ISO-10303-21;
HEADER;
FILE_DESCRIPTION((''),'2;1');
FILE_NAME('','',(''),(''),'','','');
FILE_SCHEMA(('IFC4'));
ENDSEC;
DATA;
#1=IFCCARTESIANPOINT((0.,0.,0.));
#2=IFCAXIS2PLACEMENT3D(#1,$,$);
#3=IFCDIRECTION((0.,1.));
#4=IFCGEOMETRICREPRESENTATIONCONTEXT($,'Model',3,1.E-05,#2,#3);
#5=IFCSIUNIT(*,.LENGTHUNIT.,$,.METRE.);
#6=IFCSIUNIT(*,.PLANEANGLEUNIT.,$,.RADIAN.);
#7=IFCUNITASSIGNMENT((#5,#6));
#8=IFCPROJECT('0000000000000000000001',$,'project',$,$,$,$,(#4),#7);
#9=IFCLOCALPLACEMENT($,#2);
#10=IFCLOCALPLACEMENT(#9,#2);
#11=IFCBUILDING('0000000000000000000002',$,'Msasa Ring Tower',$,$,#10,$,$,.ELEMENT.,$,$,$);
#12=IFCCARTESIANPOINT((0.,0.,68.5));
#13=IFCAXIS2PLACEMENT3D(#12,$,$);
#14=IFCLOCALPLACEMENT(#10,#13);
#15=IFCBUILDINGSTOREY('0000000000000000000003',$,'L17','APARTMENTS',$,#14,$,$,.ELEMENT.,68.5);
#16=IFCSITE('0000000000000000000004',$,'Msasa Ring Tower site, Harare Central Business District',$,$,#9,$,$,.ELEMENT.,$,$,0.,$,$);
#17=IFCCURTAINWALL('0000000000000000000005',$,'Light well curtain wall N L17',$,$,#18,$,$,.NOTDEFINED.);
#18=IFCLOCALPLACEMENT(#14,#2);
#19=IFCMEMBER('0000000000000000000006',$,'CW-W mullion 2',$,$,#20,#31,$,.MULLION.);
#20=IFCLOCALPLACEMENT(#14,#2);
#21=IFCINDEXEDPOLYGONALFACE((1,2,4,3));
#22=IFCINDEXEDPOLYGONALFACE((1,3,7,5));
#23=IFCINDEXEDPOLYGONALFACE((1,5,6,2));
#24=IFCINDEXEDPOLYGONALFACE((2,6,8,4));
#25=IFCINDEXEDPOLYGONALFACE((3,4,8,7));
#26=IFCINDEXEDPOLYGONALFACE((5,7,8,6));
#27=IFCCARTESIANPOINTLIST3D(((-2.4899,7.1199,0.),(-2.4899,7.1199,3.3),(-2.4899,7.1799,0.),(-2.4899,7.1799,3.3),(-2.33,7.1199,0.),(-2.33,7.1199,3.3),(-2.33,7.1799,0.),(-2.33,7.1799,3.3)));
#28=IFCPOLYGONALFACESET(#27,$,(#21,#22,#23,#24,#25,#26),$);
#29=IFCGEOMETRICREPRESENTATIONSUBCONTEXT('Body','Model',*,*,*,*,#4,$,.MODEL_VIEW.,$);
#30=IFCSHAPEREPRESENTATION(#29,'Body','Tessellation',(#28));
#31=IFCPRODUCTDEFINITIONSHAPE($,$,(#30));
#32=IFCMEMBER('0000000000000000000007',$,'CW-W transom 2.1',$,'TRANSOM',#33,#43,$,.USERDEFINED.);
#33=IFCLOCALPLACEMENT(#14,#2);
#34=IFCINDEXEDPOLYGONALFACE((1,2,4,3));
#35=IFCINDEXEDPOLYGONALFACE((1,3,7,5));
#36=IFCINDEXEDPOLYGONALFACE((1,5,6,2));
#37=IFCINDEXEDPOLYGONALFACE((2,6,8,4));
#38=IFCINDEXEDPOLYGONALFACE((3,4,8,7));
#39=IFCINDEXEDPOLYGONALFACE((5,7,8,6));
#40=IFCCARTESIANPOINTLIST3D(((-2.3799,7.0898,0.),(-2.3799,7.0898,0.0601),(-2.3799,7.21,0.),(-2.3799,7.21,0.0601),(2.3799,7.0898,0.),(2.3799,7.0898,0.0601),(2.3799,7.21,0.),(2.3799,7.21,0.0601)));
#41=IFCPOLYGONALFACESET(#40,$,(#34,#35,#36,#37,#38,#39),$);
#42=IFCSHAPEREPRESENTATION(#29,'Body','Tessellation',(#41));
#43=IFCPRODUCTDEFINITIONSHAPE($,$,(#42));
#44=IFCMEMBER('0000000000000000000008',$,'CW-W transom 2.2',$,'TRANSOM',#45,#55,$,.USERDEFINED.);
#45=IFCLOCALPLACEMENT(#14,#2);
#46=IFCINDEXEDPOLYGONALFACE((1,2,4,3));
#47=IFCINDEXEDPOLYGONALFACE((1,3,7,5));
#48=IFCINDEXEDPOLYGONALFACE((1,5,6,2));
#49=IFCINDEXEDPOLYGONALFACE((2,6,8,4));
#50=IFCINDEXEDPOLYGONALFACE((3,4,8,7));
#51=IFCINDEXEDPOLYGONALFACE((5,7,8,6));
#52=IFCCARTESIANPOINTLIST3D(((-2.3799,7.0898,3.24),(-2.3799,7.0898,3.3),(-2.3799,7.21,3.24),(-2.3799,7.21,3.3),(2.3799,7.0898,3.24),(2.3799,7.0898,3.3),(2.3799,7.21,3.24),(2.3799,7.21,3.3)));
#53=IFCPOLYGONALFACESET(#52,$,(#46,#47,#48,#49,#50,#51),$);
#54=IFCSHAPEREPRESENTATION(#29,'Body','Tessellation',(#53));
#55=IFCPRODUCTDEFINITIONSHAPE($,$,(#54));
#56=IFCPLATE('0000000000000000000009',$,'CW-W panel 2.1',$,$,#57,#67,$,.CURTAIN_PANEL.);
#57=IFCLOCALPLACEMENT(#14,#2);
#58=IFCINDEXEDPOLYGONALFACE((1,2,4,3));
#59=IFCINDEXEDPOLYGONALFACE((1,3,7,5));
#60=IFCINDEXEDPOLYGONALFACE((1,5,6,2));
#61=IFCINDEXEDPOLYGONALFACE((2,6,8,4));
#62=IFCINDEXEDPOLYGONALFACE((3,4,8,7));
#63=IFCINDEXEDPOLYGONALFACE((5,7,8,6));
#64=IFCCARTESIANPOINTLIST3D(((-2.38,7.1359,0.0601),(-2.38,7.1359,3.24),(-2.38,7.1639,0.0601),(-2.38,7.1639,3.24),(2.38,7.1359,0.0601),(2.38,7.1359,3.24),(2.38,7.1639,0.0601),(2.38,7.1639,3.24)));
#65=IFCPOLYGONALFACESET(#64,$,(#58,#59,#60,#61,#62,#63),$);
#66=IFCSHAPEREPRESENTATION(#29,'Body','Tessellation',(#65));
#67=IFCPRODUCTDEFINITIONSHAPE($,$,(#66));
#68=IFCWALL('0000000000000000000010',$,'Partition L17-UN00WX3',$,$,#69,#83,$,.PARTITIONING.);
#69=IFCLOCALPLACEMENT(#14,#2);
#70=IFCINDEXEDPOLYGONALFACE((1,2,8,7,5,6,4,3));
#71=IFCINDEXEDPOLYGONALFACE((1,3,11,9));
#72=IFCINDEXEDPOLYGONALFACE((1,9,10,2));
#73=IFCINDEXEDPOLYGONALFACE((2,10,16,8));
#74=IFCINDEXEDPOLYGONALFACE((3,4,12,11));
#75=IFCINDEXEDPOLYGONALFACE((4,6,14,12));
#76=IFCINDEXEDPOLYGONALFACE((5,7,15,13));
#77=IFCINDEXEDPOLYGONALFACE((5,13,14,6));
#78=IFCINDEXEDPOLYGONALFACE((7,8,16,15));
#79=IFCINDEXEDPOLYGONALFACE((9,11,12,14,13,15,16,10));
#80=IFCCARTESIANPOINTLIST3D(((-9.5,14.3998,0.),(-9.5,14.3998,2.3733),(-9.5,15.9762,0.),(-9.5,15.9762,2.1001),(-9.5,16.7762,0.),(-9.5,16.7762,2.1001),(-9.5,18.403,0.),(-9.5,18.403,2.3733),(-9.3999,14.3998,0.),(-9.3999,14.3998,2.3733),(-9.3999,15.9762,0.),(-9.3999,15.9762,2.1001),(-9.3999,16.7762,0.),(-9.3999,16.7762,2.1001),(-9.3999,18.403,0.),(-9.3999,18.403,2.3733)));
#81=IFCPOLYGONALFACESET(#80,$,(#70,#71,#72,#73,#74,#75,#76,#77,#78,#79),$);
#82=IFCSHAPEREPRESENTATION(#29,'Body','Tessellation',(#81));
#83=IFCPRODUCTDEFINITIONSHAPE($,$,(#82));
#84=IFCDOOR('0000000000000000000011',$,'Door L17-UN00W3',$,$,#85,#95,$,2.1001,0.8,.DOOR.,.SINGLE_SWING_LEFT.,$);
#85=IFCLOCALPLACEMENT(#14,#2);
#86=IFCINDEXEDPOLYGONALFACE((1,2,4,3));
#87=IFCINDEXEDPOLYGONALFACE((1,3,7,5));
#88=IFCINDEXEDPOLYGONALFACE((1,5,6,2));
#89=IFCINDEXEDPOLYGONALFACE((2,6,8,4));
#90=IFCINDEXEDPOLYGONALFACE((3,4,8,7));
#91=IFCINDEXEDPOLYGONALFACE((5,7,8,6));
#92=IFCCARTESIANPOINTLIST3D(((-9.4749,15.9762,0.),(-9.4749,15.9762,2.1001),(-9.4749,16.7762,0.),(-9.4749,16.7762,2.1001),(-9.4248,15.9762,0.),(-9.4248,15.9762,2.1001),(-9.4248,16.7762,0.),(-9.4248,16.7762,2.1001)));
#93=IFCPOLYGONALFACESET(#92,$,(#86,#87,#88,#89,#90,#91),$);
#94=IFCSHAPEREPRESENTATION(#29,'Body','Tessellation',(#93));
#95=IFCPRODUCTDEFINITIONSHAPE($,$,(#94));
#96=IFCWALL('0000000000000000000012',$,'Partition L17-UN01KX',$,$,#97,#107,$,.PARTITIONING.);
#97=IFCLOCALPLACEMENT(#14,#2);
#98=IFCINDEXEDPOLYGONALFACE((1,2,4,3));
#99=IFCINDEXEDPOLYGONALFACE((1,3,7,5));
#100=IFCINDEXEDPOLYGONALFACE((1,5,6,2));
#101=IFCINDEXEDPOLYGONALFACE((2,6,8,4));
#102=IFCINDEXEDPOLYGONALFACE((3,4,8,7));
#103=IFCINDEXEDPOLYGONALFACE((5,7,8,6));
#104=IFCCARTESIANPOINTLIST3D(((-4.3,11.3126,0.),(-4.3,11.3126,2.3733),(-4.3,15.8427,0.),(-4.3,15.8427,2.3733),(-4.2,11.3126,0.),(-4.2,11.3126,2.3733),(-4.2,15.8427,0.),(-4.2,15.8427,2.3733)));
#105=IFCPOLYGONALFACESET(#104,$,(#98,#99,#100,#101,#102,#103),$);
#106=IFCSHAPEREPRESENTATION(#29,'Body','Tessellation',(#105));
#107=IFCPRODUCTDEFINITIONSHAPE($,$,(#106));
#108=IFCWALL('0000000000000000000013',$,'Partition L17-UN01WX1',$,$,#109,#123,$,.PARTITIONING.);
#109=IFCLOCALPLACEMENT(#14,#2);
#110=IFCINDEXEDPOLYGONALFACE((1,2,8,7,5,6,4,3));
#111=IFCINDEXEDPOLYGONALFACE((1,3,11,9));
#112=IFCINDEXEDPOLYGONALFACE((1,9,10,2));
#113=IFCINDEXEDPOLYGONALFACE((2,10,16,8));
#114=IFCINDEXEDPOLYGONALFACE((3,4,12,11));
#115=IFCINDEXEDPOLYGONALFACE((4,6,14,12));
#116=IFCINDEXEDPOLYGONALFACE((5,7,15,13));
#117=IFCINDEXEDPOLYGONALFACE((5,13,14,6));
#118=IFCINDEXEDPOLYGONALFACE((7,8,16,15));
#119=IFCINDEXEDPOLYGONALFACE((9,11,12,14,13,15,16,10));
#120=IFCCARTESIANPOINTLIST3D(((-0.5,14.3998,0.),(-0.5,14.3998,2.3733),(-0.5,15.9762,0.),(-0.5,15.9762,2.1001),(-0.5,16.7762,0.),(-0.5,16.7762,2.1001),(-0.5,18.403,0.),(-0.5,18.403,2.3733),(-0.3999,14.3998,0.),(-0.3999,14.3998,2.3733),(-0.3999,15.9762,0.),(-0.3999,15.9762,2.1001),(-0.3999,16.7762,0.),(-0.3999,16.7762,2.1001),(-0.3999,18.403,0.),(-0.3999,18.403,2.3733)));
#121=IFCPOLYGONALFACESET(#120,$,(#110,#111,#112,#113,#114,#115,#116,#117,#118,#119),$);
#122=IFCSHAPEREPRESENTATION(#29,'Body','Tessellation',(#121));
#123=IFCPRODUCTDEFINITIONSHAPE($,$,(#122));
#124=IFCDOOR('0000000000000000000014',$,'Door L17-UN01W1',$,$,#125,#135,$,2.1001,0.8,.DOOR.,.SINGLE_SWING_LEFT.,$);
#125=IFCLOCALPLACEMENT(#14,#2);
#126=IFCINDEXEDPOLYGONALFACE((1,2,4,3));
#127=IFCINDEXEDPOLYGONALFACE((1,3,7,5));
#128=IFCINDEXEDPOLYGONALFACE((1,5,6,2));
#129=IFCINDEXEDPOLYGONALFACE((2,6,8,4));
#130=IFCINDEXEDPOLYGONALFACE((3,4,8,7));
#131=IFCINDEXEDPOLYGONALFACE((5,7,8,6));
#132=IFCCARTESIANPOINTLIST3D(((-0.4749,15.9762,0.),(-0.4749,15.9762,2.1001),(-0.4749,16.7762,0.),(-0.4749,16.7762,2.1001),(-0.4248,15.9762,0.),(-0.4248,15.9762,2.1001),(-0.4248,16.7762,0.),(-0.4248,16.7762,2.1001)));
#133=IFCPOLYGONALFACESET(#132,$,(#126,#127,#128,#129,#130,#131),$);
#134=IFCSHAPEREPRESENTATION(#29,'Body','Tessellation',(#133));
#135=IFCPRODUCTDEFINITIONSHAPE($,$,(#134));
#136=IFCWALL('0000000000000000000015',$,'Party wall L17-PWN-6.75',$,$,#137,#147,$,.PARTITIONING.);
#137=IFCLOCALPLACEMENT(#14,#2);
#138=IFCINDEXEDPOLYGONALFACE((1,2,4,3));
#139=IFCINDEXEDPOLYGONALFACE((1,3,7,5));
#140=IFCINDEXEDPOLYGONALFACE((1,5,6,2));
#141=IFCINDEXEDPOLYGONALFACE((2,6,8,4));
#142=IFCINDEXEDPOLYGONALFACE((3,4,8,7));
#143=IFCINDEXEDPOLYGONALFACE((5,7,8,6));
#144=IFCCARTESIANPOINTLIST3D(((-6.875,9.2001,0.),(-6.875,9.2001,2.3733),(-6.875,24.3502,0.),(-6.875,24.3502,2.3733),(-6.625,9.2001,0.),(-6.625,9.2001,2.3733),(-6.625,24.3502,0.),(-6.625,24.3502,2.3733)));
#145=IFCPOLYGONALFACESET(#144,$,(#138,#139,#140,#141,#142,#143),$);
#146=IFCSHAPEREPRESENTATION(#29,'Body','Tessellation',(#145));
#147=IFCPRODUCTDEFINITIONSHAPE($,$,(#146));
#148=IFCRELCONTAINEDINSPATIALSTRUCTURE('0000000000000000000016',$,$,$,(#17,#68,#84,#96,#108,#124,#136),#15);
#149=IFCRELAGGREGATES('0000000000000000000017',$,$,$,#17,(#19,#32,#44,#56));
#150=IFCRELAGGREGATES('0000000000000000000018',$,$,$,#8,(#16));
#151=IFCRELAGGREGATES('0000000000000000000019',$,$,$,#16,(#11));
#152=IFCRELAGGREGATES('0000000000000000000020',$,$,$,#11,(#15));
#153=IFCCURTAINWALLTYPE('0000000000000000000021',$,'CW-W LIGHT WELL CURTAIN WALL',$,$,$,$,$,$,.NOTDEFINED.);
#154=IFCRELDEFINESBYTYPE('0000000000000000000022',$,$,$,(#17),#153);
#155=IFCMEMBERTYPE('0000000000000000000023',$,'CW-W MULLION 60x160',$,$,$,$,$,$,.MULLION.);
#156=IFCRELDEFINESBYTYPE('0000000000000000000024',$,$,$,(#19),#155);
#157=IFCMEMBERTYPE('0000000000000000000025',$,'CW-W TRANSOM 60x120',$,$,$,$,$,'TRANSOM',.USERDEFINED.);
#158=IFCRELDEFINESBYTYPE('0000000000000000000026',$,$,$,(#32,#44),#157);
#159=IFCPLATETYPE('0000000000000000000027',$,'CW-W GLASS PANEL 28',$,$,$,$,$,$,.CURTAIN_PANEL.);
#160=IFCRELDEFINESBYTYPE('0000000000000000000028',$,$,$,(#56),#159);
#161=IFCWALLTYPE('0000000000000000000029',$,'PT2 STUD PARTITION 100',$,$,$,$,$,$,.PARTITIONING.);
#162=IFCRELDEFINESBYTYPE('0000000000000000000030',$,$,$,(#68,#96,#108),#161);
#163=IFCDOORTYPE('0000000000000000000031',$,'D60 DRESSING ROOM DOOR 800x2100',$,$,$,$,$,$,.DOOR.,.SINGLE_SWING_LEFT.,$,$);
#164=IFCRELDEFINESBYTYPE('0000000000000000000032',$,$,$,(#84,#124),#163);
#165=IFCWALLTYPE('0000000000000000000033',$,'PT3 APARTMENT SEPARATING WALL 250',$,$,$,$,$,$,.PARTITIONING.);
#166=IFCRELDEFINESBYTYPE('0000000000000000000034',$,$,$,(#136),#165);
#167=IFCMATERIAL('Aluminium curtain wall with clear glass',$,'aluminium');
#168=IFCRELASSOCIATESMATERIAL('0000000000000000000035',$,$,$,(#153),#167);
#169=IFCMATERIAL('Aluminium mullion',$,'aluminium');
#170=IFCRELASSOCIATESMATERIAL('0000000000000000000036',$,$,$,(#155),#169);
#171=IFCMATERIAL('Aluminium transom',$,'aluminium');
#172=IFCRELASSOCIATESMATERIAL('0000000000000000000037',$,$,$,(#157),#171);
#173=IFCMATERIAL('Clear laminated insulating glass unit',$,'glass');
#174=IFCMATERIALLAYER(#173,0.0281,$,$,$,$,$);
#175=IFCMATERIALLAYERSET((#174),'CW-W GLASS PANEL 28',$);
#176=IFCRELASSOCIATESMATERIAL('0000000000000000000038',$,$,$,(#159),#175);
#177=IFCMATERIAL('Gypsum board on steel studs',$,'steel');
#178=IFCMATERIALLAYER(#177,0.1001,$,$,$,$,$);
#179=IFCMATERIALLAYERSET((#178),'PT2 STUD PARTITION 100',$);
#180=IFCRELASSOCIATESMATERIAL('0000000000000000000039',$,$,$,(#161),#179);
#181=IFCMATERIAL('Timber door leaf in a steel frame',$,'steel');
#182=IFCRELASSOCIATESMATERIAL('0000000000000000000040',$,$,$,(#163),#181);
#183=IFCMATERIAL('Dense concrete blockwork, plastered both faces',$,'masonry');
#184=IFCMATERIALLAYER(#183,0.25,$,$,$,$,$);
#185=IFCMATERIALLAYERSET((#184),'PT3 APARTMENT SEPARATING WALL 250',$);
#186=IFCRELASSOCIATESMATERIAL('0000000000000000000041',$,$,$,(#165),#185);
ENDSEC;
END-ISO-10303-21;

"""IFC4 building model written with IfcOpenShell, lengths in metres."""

from ifc_helpers import new_model, si_unit, direction, frame, frame_2d, origin, origin_2d, place, context, subcontext, project, spatial, rectangle, extrude, material, layer, layer_set, material_profile, profile_set, type_object, element, fill, aggregate, save


model = new_model("IFC4")

# Units and contexts
model_context = context("Model", 3, precision=1e-05, world=origin(), true_north=direction((0.0, 1.0)))
body_context = subcontext(model_context, "Body", "Model", "MODEL_VIEW")
ifc_project = project(units=[si_unit("LENGTHUNIT", "METRE"), si_unit("PLANEANGLEUNIT", "RADIAN")], contexts=[model_context])

# Site, building, storey
site_placement = place(None, origin())
site = spatial("IfcSite", under=ifc_project, at=site_placement, Name="Msasa Ring Tower site, Harare Central Business District", CompositionType="ELEMENT", RefElevation=0.0)
building_placement = place(site_placement, origin())
building = spatial("IfcBuilding", under=site, at=building_placement, Name="Msasa Ring Tower", CompositionType="ELEMENT")
storey_placement = place(building_placement, frame((0.0, 0.0, 68.5)))
storey = spatial("IfcBuildingStorey", under=building, at=storey_placement, Name="L17", Description="APARTMENTS", CompositionType="ELEMENT", Elevation=68.5)

# Curtain wall, members, plate
ifc_material_1 = material(Name="Aluminium curtain wall with clear glass", Category="aluminium")
curtain_wall_type = type_object("IfcCurtainWallType", Name="CW-W LIGHT WELL CURTAIN WALL", PredefinedType="NOTDEFINED", material=ifc_material_1)
curtain_wall_placement = place(storey_placement, origin())
curtain_wall = element("IfcCurtainWall", 1, at=curtain_wall_placement, inside=storey, type_object=curtain_wall_type, Name="Light well curtain wall N L17", PredefinedType="NOTDEFINED")
ifc_material_2 = material(Name="Aluminium mullion", Category="aluminium")
ifc_material_profile_1 = material_profile(ifc_material_2, rectangle(XDim=0.0601, YDim=0.1599, at=origin_2d()), Name="AL 60x160")
ifc_profile_set_1 = profile_set([ifc_material_profile_1], Name="Aluminium mullion")
member_type_1 = type_object("IfcMemberType", Name="CW-W MULLION 60x160", PredefinedType="MULLION", material=ifc_profile_set_1)
member_1_placement = place(storey_placement, frame((-2.4099, 7.1499, 0.0), z_axis=(0.0, 0.0, 1.0), x_axis=(0.0, 1.0, 0.0)))
member_1 = element("IfcMember", 2, at=member_1_placement, type_object=member_type_1, Name="CW-W mullion 2", PredefinedType="MULLION", context=body_context, shape_type="SweptSolid", body=[
    extrude(rectangle(XDim=0.0601, YDim=0.1599, at=origin_2d()), origin(), (0.0, 0.0, 1.0), 3.3),
])
ifc_material_3 = material(Name="Aluminium transom", Category="aluminium")
ifc_material_profile_2 = material_profile(ifc_material_3, rectangle(XDim=0.1201, YDim=0.0601, at=origin_2d()), Name="AL 60x120")
ifc_profile_set_2 = profile_set([ifc_material_profile_2], Name="Aluminium transom")
member_type_2 = type_object("IfcMemberType", Name="CW-W TRANSOM 60x120", ElementType="TRANSOM", PredefinedType="USERDEFINED", material=ifc_profile_set_2)
member_2_placement = place(storey_placement, frame((-2.3799, 7.1499, 0.03), z_axis=(1.0, 0.0, 0.0), x_axis=(0.0, 1.0, 0.0)))
member_2 = element("IfcMember", 3, at=member_2_placement, type_object=member_type_2, Name="CW-W transom 2.1", ObjectType="TRANSOM", PredefinedType="USERDEFINED", context=body_context, shape_type="SweptSolid", body=[
    extrude(rectangle(XDim=0.1201, YDim=0.0601, at=origin_2d()), origin(), (0.0, 0.0, 1.0), 4.7598),
])
member_3_placement = place(storey_placement, frame((-2.3799, 7.1499, 3.27), z_axis=(1.0, 0.0, 0.0), x_axis=(0.0, 1.0, 0.0)))
member_3 = element("IfcMember", 4, at=member_3_placement, type_object=member_type_2, Name="CW-W transom 2.2", ObjectType="TRANSOM", PredefinedType="USERDEFINED", context=body_context, shape_type="SweptSolid", body=[
    extrude(rectangle(XDim=0.1201, YDim=0.0601, at=origin_2d()), origin(), (0.0, 0.0, 1.0), 4.7598),
])
ifc_material_4 = material(Name="Clear laminated insulating glass unit", Category="glass")
ifc_layer_1 = layer(ifc_material_4, 0.0281)
ifc_layer_set_1 = layer_set([ifc_layer_1], Name="CW-W GLASS PANEL 28")
plate_type = type_object("IfcPlateType", Name="CW-W GLASS PANEL 28", PredefinedType="CURTAIN_PANEL", material=ifc_layer_set_1)
plate_placement = place(storey_placement, frame((0.0, 7.1499, 0.0601), z_axis=(0.0, 0.0, 1.0), x_axis=(1.0, 0.0, 0.0)))
plate = element("IfcPlate", 5, at=plate_placement, type_object=plate_type, Name="CW-W panel 2.1", PredefinedType="CURTAIN_PANEL", context=body_context, shape_type="SweptSolid", body=[
    extrude(rectangle(XDim=4.76, YDim=0.0281, at=origin_2d()), origin(), (0.0, 0.0, 1.0), 3.1799),
])
aggregate(curtain_wall, [member_1, member_2, member_3, plate])

# Wall, opening, door
ifc_material_5 = material(Name="Gypsum board on steel studs", Category="steel")
ifc_layer_2 = layer(ifc_material_5, 0.1001)
ifc_layer_set_2 = layer_set([ifc_layer_2], Name="PT2 STUD PARTITION 100")
wall_type_1 = type_object("IfcWallType", Name="PT2 STUD PARTITION 100", PredefinedType="PARTITIONING", material=ifc_layer_set_2)
wall_1_placement = place(storey_placement, frame((-9.45, 14.3999, 0.0), z_axis=(0.0, 0.0, 1.0), x_axis=(0.0, 1.0, 0.0)))
wall_1 = element("IfcWall", 6, at=wall_1_placement, inside=storey, type_object=wall_type_1, Name="Partition L17-UN00WX3", PredefinedType="PARTITIONING", context=body_context, shape_type="SweptSolid", body=[
    extrude(rectangle(XDim=4.0032, YDim=0.1001, at=frame_2d((2.0015, 0.0))), origin(), (0.0, 0.0, 1.0), 2.3733),
])
opening_1_placement = place(wall_1_placement, frame((1.5764, 0.0, 0.0)))
opening_1 = element("IfcOpeningElement", 7, at=opening_1_placement, cuts=wall_1, PredefinedType="OPENING", context=body_context, shape_type="SweptSolid", body=[
    extrude(rectangle(XDim=0.8, YDim=2.1001, at=frame_2d((0.3999, 1.05))), frame((0.0, 0.0601, 0.0), z_axis=(0.0, -1.0, 0.0), x_axis=(1.0, 0.0, 0.0)), (0.0, 0.0, 1.0), 0.1201),
])
ifc_material_6 = material(Name="Timber door leaf in a steel frame", Category="steel")
door_type_1 = type_object("IfcDoorType", Name="D60 DRESSING ROOM DOOR 800x2100", OperationType="SINGLE_SWING_LEFT", PredefinedType="DOOR", material=ifc_material_6)
door_1_placement = place(opening_1_placement, origin())
door_1 = element("IfcDoor", 8, at=door_1_placement, inside=storey, type_object=door_type_1, Name="Door L17-UN00W3", OperationType="SINGLE_SWING_LEFT", OverallHeight=2.1001, OverallWidth=0.8, PredefinedType="DOOR", context=body_context, shape_type="SweptSolid", body=[
    extrude(rectangle(XDim=0.8, YDim=2.1001, at=frame_2d((0.3999, 1.05))), frame((0.0, 0.0249, 0.0), z_axis=(0.0, -1.0, 0.0), x_axis=(1.0, 0.0, 0.0)), (0.0, 0.0, 1.0), 0.05),
])
fill(opening_1, door_1)

# Wall
wall_2_placement = place(storey_placement, frame((-4.25, 11.3125, 0.0), z_axis=(0.0, 0.0, 1.0), x_axis=(0.0, 1.0, 0.0)))
element("IfcWall", 9, at=wall_2_placement, inside=storey, type_object=wall_type_1, Name="Partition L17-UN01KX", PredefinedType="PARTITIONING", context=body_context, shape_type="SweptSolid", body=[
    extrude(rectangle(XDim=4.53, YDim=0.1001, at=frame_2d((2.2651, 0.0))), origin(), (0.0, 0.0, 1.0), 2.3733),
])

# Wall, opening, door
wall_3_placement = place(storey_placement, frame((-0.45, 14.3999, 0.0), z_axis=(0.0, 0.0, 1.0), x_axis=(0.0, 1.0, 0.0)))
wall_3 = element("IfcWall", 10, at=wall_3_placement, inside=storey, type_object=wall_type_1, Name="Partition L17-UN01WX1", PredefinedType="PARTITIONING", context=body_context, shape_type="SweptSolid", body=[
    extrude(rectangle(XDim=4.0032, YDim=0.1001, at=frame_2d((2.0015, 0.0))), origin(), (0.0, 0.0, 1.0), 2.3733),
])
opening_2_placement = place(wall_3_placement, frame((1.5764, 0.0, 0.0)))
opening_2 = element("IfcOpeningElement", 11, at=opening_2_placement, cuts=wall_3, PredefinedType="OPENING", context=body_context, shape_type="SweptSolid", body=[
    extrude(rectangle(XDim=0.8, YDim=2.1001, at=frame_2d((0.3999, 1.05))), frame((0.0, 0.0601, 0.0), z_axis=(0.0, -1.0, 0.0), x_axis=(1.0, 0.0, 0.0)), (0.0, 0.0, 1.0), 0.1201),
])
door_2_placement = place(opening_2_placement, origin())
door_2 = element("IfcDoor", 12, at=door_2_placement, inside=storey, type_object=door_type_1, Name="Door L17-UN01W1", OperationType="SINGLE_SWING_LEFT", OverallHeight=2.1001, OverallWidth=0.8, PredefinedType="DOOR", context=body_context, shape_type="SweptSolid", body=[
    extrude(rectangle(XDim=0.8, YDim=2.1001, at=frame_2d((0.3999, 1.05))), frame((0.0, 0.0249, 0.0), z_axis=(0.0, -1.0, 0.0), x_axis=(1.0, 0.0, 0.0)), (0.0, 0.0, 1.0), 0.05),
])
fill(opening_2, door_2)

# Wall
ifc_material_7 = material(Name="Dense concrete blockwork, plastered both faces", Category="masonry")
ifc_layer_3 = layer(ifc_material_7, 0.25)
ifc_layer_set_3 = layer_set([ifc_layer_3], Name="PT3 APARTMENT SEPARATING WALL 250")
wall_type_2 = type_object("IfcWallType", Name="PT3 APARTMENT SEPARATING WALL 250", PredefinedType="PARTITIONING", material=ifc_layer_set_3)
wall_4_placement = place(storey_placement, frame((-6.75, 9.2, 0.0), z_axis=(0.0, 0.0, 1.0), x_axis=(0.0, 1.0, 0.0)))
element("IfcWall", 13, at=wall_4_placement, inside=storey, type_object=wall_type_2, Name="Party wall L17-PWN-6.75", PredefinedType="PARTITIONING", context=body_context, shape_type="SweptSolid", body=[
    extrude(rectangle(XDim=15.1501, YDim=0.25, at=frame_2d((7.5752, 0.0))), origin(), (0.0, 0.0, 1.0), 2.3733),
])

save(model, "model.ifc")
